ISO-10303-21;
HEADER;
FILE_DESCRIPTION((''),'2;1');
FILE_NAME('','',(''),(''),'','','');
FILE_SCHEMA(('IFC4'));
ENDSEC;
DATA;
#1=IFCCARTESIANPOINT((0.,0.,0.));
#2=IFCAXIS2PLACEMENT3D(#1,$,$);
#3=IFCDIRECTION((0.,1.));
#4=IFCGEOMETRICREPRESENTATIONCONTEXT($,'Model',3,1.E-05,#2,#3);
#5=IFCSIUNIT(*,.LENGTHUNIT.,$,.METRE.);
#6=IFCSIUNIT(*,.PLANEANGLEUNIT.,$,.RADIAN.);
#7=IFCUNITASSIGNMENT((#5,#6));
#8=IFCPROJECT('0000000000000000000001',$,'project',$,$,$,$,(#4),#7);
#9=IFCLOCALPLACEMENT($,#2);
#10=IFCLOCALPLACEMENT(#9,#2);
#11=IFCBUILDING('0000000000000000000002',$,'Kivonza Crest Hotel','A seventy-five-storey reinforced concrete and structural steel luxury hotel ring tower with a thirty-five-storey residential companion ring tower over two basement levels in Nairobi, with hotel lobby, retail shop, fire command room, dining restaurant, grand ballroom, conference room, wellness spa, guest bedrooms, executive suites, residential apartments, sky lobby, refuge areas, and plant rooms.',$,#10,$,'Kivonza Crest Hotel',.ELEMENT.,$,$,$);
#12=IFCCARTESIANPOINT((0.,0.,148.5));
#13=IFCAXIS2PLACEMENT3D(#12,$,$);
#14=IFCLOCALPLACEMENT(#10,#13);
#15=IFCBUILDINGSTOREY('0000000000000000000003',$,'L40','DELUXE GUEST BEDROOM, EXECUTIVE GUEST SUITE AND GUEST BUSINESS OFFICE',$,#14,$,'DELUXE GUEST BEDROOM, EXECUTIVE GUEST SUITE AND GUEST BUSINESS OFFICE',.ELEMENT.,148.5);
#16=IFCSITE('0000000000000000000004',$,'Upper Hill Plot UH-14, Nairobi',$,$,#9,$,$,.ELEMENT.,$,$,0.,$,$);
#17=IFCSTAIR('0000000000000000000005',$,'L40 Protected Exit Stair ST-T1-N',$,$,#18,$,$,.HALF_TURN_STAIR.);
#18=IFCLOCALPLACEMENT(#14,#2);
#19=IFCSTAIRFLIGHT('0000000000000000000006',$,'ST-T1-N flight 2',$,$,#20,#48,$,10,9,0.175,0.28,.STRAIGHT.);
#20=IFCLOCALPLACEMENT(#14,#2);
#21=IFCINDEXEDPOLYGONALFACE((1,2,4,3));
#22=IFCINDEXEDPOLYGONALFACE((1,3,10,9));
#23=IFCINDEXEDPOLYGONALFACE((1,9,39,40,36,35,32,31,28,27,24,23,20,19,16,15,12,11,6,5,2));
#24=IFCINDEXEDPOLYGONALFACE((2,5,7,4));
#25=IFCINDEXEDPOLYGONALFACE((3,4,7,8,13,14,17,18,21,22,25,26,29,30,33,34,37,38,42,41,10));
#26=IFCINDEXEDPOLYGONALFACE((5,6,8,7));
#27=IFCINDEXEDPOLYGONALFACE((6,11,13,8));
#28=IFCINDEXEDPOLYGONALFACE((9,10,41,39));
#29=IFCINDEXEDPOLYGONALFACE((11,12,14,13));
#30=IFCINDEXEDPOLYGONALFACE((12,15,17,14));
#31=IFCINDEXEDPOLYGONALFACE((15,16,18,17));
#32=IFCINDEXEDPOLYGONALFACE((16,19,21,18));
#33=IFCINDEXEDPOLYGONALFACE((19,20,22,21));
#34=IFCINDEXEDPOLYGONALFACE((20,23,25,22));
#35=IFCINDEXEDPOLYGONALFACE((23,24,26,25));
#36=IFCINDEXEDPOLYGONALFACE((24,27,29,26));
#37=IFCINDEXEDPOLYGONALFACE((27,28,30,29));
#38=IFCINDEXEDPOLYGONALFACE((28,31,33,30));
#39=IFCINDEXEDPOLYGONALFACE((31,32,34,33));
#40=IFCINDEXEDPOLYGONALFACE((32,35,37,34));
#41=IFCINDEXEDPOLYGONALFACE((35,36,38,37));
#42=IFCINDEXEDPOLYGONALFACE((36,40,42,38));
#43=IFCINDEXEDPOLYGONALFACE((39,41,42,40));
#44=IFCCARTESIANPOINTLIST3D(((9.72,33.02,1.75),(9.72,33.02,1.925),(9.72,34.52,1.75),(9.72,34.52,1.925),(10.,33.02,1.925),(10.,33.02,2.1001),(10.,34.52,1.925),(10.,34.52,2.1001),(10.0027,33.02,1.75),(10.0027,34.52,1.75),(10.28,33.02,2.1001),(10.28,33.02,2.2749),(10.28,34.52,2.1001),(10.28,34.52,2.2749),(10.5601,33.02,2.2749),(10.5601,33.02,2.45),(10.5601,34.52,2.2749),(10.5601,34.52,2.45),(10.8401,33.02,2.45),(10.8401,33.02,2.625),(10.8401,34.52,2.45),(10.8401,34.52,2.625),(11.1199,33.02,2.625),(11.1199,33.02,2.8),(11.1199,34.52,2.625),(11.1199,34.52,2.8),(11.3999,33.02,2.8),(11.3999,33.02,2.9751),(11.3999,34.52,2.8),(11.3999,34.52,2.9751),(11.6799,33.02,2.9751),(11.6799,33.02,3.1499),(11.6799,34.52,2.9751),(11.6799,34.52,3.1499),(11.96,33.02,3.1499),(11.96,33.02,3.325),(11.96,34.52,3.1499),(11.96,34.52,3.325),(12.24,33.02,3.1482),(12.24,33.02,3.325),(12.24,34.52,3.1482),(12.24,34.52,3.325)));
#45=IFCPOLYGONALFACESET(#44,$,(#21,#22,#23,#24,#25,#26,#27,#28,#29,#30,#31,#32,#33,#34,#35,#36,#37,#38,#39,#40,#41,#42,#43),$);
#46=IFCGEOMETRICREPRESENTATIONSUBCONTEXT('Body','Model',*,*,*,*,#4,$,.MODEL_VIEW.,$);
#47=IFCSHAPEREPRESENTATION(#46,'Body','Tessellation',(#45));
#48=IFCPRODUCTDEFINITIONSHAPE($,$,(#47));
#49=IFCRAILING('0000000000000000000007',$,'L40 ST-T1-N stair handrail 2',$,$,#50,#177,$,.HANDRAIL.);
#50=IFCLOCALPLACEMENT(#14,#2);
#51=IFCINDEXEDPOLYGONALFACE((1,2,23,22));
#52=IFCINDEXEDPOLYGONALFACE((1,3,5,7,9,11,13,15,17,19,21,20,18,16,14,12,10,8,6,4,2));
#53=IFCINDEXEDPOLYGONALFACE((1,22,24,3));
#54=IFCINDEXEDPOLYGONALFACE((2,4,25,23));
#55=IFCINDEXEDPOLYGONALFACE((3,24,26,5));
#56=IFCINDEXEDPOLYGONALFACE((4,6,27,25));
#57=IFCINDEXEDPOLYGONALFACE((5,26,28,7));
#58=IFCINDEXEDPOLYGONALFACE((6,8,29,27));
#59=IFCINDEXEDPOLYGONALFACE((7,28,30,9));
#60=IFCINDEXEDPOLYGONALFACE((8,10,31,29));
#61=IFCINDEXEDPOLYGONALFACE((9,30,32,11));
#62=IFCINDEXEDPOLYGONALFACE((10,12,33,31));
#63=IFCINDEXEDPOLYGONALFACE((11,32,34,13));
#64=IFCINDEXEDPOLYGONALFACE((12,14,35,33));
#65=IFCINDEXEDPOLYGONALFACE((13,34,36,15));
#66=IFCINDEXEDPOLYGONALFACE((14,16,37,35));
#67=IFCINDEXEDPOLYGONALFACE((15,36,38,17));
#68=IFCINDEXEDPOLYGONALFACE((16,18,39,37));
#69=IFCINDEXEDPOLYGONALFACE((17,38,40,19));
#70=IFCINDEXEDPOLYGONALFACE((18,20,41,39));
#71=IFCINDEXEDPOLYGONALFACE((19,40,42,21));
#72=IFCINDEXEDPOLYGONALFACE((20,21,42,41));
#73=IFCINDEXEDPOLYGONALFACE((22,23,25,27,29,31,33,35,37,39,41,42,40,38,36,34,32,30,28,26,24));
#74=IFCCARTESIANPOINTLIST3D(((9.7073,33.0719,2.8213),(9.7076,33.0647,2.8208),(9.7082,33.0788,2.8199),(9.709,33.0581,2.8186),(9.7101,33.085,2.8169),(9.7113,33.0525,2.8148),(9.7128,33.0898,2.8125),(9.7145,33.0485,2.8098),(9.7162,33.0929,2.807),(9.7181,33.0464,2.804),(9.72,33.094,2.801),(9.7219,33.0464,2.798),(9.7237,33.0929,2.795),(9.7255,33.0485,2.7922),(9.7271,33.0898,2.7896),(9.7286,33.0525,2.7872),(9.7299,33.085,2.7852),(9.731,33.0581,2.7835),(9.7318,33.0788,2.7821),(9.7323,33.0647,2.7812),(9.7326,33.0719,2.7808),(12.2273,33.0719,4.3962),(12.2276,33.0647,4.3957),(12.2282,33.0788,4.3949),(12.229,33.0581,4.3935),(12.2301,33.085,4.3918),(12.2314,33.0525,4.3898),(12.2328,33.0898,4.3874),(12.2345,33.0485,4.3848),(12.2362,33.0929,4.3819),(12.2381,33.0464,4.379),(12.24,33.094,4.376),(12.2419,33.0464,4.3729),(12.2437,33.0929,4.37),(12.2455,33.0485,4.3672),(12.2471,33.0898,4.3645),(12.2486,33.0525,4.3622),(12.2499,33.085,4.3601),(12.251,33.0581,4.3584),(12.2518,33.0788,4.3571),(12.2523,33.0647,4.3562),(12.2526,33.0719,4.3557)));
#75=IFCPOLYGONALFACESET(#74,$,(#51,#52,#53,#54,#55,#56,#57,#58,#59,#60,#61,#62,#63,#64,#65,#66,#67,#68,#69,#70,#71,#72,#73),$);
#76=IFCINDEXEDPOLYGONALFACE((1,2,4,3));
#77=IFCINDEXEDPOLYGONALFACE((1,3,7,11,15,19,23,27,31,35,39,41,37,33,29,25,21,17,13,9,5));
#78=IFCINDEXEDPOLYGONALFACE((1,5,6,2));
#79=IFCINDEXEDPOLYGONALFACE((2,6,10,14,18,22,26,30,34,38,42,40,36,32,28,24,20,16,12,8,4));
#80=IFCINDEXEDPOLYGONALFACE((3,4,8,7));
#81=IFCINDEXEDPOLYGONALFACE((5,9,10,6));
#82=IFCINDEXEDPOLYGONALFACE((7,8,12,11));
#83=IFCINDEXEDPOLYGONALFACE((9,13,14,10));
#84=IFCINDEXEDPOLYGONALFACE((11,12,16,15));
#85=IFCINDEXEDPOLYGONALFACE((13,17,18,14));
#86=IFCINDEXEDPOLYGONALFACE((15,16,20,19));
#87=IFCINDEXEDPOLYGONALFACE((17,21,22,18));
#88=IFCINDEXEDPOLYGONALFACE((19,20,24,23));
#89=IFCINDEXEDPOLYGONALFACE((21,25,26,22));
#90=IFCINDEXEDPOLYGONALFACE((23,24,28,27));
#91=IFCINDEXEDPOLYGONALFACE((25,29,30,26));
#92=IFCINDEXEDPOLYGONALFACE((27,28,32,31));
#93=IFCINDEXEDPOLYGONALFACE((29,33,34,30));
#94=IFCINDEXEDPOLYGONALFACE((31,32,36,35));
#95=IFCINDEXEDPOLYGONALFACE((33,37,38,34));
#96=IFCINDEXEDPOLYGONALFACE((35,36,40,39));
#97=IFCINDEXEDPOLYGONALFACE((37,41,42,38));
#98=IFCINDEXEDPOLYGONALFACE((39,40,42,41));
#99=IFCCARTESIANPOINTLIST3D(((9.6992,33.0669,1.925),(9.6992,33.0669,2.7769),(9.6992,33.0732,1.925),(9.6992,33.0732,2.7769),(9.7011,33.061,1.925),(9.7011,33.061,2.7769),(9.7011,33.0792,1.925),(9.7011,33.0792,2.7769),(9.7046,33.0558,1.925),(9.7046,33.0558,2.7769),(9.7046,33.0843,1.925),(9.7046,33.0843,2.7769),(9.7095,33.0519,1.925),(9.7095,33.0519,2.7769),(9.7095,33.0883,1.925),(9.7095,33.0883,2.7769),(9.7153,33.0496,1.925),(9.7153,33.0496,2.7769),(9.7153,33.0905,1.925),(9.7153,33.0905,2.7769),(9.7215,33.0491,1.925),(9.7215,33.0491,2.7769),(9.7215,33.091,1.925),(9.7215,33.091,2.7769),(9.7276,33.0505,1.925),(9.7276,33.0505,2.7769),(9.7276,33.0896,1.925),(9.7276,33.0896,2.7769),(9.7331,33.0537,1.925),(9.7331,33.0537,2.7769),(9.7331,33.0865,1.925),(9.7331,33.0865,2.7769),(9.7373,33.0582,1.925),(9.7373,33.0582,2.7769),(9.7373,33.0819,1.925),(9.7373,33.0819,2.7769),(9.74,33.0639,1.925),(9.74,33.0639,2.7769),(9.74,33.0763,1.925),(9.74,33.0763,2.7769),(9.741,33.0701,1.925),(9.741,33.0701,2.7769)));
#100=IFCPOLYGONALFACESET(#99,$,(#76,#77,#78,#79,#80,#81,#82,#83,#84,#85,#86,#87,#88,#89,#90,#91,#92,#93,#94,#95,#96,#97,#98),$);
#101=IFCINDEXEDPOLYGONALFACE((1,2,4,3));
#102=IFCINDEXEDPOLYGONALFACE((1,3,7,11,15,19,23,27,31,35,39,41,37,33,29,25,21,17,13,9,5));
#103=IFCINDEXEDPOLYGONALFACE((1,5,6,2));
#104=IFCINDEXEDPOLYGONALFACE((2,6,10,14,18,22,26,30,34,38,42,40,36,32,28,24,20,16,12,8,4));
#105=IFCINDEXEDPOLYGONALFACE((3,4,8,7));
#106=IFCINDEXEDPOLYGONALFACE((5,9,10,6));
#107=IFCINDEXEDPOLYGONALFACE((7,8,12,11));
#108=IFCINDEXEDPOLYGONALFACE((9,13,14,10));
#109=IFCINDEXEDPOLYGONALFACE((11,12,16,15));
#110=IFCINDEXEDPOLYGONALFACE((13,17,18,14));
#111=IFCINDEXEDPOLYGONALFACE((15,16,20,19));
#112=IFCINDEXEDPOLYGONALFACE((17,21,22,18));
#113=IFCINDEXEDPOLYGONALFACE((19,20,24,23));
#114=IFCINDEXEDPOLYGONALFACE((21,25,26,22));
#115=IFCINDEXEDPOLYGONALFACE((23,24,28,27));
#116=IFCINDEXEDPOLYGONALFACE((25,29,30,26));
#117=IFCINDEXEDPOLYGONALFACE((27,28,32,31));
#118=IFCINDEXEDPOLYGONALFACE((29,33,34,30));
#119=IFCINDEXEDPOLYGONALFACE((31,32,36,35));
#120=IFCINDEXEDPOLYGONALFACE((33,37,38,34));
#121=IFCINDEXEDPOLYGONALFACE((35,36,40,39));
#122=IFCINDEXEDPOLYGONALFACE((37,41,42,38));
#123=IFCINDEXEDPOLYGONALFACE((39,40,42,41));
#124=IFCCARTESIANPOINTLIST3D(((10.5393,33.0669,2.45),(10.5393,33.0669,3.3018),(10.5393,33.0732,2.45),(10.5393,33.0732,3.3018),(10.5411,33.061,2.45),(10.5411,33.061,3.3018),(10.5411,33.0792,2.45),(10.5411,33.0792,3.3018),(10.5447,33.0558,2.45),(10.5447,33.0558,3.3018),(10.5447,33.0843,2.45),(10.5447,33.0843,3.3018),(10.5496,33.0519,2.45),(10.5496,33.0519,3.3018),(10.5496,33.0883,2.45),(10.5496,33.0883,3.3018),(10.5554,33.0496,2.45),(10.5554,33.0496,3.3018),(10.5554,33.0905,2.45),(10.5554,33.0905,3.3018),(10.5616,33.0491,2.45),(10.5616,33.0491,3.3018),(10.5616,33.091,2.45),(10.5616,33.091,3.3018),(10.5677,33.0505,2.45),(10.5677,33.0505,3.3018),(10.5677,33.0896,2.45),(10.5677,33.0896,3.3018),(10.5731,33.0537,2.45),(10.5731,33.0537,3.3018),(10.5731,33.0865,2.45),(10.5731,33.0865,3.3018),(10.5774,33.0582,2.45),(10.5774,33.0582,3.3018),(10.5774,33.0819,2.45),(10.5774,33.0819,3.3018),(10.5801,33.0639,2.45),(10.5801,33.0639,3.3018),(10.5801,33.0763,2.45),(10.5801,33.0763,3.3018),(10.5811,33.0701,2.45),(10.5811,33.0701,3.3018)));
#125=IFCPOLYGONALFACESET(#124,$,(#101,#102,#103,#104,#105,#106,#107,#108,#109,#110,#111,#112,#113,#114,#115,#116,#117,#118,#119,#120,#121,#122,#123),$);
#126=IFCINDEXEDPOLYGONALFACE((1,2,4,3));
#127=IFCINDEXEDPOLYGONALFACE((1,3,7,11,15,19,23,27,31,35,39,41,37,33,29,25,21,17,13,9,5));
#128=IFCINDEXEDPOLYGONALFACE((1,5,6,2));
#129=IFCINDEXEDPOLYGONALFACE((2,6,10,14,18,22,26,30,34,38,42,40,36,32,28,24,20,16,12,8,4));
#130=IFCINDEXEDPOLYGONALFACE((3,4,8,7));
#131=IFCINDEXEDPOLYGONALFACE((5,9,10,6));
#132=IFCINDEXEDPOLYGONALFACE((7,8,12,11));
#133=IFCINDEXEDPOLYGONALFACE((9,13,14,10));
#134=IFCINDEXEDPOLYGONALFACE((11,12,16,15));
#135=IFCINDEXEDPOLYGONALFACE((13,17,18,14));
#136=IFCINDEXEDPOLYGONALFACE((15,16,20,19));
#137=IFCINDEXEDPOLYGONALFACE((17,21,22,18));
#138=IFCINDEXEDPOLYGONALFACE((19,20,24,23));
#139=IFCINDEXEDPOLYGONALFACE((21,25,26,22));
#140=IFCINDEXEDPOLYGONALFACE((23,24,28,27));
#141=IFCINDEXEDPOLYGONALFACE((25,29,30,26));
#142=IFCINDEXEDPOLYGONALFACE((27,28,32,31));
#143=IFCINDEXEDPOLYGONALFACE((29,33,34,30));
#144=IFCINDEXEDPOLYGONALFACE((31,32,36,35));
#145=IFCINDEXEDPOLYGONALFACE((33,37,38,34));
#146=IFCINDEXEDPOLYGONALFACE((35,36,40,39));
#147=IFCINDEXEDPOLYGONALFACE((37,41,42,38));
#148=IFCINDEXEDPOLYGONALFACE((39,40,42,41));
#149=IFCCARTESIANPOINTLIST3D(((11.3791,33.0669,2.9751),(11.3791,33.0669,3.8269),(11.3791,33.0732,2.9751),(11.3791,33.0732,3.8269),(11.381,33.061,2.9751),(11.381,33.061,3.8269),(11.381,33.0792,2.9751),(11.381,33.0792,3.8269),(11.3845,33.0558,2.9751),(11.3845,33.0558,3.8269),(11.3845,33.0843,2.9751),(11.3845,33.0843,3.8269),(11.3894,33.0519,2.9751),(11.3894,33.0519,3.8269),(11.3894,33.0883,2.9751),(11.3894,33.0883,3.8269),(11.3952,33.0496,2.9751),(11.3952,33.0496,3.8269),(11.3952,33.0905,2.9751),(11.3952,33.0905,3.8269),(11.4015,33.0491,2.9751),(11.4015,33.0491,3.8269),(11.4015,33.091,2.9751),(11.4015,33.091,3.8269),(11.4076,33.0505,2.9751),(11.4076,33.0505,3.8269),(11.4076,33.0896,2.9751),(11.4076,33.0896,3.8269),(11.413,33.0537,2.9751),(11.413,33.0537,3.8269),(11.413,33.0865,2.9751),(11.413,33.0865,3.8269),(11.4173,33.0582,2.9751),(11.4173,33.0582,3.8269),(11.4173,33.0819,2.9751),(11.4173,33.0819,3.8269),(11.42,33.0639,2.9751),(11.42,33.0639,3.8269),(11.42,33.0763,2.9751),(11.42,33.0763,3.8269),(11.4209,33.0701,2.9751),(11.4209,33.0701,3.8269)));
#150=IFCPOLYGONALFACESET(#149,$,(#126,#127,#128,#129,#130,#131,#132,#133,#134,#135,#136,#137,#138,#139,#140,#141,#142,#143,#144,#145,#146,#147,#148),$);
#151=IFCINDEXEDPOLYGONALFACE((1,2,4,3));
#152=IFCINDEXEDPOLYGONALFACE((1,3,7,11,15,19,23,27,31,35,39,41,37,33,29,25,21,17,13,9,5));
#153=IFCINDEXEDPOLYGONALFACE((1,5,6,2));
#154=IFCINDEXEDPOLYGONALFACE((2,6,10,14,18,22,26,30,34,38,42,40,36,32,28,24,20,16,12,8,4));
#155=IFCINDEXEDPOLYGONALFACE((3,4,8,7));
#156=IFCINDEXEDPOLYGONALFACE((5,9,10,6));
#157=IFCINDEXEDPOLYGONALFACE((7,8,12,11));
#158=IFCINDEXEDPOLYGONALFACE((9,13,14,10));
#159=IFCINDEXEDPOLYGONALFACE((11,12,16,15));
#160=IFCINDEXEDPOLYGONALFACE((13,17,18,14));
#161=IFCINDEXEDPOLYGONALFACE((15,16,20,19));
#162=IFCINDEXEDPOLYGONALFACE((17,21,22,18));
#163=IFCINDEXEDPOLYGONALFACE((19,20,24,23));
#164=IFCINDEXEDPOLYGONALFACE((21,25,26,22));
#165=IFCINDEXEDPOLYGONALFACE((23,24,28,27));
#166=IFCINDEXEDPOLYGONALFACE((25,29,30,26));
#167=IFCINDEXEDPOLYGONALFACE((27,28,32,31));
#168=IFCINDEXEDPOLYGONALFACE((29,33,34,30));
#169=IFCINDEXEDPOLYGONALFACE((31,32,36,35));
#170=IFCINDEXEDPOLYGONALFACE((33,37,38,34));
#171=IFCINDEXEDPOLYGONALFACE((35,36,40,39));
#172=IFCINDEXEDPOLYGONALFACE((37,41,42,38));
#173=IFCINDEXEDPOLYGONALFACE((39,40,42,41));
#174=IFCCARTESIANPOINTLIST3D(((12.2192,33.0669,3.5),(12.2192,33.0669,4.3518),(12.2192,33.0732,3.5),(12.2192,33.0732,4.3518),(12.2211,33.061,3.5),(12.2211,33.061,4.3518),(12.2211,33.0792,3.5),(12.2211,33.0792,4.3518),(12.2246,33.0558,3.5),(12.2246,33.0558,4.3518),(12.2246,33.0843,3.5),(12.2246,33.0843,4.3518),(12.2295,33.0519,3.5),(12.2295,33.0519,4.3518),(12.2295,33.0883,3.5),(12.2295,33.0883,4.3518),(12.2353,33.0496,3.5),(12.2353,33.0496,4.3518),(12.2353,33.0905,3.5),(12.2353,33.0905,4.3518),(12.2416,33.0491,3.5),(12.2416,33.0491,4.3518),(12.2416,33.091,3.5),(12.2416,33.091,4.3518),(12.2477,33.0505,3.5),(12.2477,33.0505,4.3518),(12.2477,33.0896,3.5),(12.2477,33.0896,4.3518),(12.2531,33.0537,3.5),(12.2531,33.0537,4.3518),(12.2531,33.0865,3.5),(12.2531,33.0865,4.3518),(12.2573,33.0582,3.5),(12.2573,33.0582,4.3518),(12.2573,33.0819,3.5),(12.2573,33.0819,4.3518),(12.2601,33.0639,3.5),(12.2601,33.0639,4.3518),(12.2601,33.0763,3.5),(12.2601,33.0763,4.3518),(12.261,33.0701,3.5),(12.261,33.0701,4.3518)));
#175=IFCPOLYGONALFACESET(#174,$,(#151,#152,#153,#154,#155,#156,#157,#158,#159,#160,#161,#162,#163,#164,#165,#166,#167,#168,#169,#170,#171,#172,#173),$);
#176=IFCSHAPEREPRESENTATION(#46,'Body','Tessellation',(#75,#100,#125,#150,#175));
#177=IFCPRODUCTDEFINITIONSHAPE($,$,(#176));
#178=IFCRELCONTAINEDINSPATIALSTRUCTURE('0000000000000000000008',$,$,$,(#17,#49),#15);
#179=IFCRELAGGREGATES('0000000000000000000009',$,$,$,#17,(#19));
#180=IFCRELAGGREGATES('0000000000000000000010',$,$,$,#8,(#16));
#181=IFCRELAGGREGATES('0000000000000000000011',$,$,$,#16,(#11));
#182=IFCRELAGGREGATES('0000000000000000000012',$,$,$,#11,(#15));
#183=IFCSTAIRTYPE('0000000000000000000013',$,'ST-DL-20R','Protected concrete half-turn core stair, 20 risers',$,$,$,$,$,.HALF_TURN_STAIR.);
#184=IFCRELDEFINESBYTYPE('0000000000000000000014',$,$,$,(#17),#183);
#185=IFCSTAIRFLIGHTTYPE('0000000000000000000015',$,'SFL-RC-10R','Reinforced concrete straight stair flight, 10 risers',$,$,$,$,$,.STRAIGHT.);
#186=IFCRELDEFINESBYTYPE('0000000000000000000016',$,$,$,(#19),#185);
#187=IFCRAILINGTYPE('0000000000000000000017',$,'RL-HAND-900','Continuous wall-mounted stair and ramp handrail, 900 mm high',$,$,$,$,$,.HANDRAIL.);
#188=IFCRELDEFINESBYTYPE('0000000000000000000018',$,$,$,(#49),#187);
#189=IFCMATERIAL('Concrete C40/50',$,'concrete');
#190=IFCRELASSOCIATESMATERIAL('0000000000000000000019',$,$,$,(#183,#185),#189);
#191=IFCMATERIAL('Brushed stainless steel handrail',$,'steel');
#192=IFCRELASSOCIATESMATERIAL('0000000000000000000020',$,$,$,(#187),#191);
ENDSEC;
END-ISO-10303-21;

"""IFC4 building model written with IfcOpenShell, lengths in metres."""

from ifc_helpers import new_model, si_unit, direction, frame, origin, origin_2d, place, context, subcontext, project, spatial, polyline, circle, outline, extrude, material, type_object, element, aggregate, save


model = new_model("IFC4")

# Units and contexts
model_context = context("Model", 3, precision=1e-05, world=origin(), true_north=direction((0.0, 1.0)))
body_context = subcontext(model_context, "Body", "Model", "MODEL_VIEW")
ifc_project = project(units=[si_unit("LENGTHUNIT", "METRE"), si_unit("PLANEANGLEUNIT", "RADIAN")], contexts=[model_context])

# Site, building, storey
site_placement = place(None, origin())
site = spatial("IfcSite", under=ifc_project, at=site_placement, Name="Upper Hill Plot UH-14, Nairobi", CompositionType="ELEMENT", RefElevation=0.0)
building_placement = place(site_placement, origin())
building = spatial("IfcBuilding", under=site, at=building_placement, Name="Kivonza Crest Hotel", Description="A seventy-five-storey reinforced concrete and structural steel luxury hotel ring tower with a thirty-five-storey residential companion ring tower over two basement levels in Nairobi, with hotel lobby, retail shop, fire command room, dining restaurant, grand ballroom, conference room, wellness spa, guest bedrooms, executive suites, residential apartments, sky lobby, refuge areas, and plant rooms.", LongName="Kivonza Crest Hotel", CompositionType="ELEMENT")
storey_placement = place(building_placement, frame((0.0, 0.0, 148.5)))
storey = spatial("IfcBuildingStorey", under=building, at=storey_placement, Name="L40", Description="DELUXE GUEST BEDROOM, EXECUTIVE GUEST SUITE AND GUEST BUSINESS OFFICE", LongName="DELUXE GUEST BEDROOM, EXECUTIVE GUEST SUITE AND GUEST BUSINESS OFFICE", CompositionType="ELEMENT", Elevation=148.5)

# Stair, stair flight
ifc_material_1 = material(Name="Concrete C40/50", Category="concrete")
stair_type = type_object("IfcStairType", Name="ST-DL-20R", Description="Protected concrete half-turn core stair, 20 risers", PredefinedType="HALF_TURN_STAIR", material=ifc_material_1)
stair_placement = place(storey_placement, origin())
stair = element("IfcStair", 1, at=stair_placement, inside=storey, type_object=stair_type, Name="L40 Protected Exit Stair ST-T1-N", PredefinedType="HALF_TURN_STAIR")
stair_flight_type = type_object("IfcStairFlightType", Name="SFL-RC-10R", Description="Reinforced concrete straight stair flight, 10 risers", PredefinedType="STRAIGHT", material=ifc_material_1)
stair_flight_placement = place(storey_placement, frame((9.72, 33.77, 1.75), z_axis=(0.0, 0.0, 1.0), x_axis=(1.0, 0.0, 0.0)))
stair_flight = element("IfcStairFlight", 2, at=stair_flight_placement, type_object=stair_flight_type, Name="ST-T1-N flight 2", NumberOfRisers=10, NumberOfTreads=9, PredefinedType="STRAIGHT", RiserHeight=0.175, TreadLength=0.28, context=body_context, shape_type="SweptSolid", body=[
    extrude(outline(polyline([(0.0, 0.0), (0.0, 0.175), (0.28, 0.175), (0.28, 0.3501), (0.5601, 0.3501), (0.5601, 0.5249), (0.8401, 0.5249), (0.8401, 0.7), (1.1201, 0.7), (1.1201, 0.875), (1.3999, 0.875), (1.3999, 1.05), (1.6799, 1.05), (1.6799, 1.2251), (1.96, 1.2251), (1.96, 1.3999), (2.24, 1.3999), (2.24, 1.575), (2.52, 1.575), (2.52, 1.75), (2.52, 1.3982), (0.2827, 0.0), (0.0, 0.0)])), frame((0.0, 0.75, 0.0), z_axis=(0.0, -1.0, 0.0), x_axis=(1.0, 0.0, 0.0)), (0.0, 0.0, 1.0), 1.5),
])
aggregate(stair, [stair_flight])

# Railing
ifc_material_2 = material(Name="Brushed stainless steel handrail", Category="steel")
railing_type_1 = type_object("IfcRailingType", Name="RL-HAND-900", Description="Continuous wall-mounted stair and ramp handrail, 900 mm high", PredefinedType="HANDRAIL", material=ifc_material_2)
railing_1_placement = place(storey_placement, frame((9.72, 33.0701, 1.925)))
element("IfcRailing", 3, at=railing_1_placement, inside=storey, type_object=railing_type_1, Name="L40 ST-T1-N stair handrail 2", PredefinedType="HANDRAIL", context=body_context, shape_type="SweptSolid", body=[
    extrude(circle(Radius=0.0239, at=origin_2d()), frame((0.0, 0.0, 0.876), z_axis=(0.848008, 0.0, 0.529984), x_axis=(0.0, 1.0, 0.0)), (0.0, 0.0, 1.0), 2.9717),
    extrude(circle(Radius=0.021, at=origin_2d()), origin(), (0.0, 0.0, 1.0), 0.8518),
    extrude(circle(Radius=0.021, at=origin_2d()), frame((0.8401, 0.0, 0.5249)), (0.0, 0.0, 1.0), 0.8518),
    extrude(circle(Radius=0.021, at=origin_2d()), frame((1.6799, 0.0, 1.05)), (0.0, 0.0, 1.0), 0.8518),
    extrude(circle(Radius=0.021, at=origin_2d()), frame((2.52, 0.0, 1.575)), (0.0, 0.0, 1.0), 0.8518),
])

save(model, "model.ifc")
